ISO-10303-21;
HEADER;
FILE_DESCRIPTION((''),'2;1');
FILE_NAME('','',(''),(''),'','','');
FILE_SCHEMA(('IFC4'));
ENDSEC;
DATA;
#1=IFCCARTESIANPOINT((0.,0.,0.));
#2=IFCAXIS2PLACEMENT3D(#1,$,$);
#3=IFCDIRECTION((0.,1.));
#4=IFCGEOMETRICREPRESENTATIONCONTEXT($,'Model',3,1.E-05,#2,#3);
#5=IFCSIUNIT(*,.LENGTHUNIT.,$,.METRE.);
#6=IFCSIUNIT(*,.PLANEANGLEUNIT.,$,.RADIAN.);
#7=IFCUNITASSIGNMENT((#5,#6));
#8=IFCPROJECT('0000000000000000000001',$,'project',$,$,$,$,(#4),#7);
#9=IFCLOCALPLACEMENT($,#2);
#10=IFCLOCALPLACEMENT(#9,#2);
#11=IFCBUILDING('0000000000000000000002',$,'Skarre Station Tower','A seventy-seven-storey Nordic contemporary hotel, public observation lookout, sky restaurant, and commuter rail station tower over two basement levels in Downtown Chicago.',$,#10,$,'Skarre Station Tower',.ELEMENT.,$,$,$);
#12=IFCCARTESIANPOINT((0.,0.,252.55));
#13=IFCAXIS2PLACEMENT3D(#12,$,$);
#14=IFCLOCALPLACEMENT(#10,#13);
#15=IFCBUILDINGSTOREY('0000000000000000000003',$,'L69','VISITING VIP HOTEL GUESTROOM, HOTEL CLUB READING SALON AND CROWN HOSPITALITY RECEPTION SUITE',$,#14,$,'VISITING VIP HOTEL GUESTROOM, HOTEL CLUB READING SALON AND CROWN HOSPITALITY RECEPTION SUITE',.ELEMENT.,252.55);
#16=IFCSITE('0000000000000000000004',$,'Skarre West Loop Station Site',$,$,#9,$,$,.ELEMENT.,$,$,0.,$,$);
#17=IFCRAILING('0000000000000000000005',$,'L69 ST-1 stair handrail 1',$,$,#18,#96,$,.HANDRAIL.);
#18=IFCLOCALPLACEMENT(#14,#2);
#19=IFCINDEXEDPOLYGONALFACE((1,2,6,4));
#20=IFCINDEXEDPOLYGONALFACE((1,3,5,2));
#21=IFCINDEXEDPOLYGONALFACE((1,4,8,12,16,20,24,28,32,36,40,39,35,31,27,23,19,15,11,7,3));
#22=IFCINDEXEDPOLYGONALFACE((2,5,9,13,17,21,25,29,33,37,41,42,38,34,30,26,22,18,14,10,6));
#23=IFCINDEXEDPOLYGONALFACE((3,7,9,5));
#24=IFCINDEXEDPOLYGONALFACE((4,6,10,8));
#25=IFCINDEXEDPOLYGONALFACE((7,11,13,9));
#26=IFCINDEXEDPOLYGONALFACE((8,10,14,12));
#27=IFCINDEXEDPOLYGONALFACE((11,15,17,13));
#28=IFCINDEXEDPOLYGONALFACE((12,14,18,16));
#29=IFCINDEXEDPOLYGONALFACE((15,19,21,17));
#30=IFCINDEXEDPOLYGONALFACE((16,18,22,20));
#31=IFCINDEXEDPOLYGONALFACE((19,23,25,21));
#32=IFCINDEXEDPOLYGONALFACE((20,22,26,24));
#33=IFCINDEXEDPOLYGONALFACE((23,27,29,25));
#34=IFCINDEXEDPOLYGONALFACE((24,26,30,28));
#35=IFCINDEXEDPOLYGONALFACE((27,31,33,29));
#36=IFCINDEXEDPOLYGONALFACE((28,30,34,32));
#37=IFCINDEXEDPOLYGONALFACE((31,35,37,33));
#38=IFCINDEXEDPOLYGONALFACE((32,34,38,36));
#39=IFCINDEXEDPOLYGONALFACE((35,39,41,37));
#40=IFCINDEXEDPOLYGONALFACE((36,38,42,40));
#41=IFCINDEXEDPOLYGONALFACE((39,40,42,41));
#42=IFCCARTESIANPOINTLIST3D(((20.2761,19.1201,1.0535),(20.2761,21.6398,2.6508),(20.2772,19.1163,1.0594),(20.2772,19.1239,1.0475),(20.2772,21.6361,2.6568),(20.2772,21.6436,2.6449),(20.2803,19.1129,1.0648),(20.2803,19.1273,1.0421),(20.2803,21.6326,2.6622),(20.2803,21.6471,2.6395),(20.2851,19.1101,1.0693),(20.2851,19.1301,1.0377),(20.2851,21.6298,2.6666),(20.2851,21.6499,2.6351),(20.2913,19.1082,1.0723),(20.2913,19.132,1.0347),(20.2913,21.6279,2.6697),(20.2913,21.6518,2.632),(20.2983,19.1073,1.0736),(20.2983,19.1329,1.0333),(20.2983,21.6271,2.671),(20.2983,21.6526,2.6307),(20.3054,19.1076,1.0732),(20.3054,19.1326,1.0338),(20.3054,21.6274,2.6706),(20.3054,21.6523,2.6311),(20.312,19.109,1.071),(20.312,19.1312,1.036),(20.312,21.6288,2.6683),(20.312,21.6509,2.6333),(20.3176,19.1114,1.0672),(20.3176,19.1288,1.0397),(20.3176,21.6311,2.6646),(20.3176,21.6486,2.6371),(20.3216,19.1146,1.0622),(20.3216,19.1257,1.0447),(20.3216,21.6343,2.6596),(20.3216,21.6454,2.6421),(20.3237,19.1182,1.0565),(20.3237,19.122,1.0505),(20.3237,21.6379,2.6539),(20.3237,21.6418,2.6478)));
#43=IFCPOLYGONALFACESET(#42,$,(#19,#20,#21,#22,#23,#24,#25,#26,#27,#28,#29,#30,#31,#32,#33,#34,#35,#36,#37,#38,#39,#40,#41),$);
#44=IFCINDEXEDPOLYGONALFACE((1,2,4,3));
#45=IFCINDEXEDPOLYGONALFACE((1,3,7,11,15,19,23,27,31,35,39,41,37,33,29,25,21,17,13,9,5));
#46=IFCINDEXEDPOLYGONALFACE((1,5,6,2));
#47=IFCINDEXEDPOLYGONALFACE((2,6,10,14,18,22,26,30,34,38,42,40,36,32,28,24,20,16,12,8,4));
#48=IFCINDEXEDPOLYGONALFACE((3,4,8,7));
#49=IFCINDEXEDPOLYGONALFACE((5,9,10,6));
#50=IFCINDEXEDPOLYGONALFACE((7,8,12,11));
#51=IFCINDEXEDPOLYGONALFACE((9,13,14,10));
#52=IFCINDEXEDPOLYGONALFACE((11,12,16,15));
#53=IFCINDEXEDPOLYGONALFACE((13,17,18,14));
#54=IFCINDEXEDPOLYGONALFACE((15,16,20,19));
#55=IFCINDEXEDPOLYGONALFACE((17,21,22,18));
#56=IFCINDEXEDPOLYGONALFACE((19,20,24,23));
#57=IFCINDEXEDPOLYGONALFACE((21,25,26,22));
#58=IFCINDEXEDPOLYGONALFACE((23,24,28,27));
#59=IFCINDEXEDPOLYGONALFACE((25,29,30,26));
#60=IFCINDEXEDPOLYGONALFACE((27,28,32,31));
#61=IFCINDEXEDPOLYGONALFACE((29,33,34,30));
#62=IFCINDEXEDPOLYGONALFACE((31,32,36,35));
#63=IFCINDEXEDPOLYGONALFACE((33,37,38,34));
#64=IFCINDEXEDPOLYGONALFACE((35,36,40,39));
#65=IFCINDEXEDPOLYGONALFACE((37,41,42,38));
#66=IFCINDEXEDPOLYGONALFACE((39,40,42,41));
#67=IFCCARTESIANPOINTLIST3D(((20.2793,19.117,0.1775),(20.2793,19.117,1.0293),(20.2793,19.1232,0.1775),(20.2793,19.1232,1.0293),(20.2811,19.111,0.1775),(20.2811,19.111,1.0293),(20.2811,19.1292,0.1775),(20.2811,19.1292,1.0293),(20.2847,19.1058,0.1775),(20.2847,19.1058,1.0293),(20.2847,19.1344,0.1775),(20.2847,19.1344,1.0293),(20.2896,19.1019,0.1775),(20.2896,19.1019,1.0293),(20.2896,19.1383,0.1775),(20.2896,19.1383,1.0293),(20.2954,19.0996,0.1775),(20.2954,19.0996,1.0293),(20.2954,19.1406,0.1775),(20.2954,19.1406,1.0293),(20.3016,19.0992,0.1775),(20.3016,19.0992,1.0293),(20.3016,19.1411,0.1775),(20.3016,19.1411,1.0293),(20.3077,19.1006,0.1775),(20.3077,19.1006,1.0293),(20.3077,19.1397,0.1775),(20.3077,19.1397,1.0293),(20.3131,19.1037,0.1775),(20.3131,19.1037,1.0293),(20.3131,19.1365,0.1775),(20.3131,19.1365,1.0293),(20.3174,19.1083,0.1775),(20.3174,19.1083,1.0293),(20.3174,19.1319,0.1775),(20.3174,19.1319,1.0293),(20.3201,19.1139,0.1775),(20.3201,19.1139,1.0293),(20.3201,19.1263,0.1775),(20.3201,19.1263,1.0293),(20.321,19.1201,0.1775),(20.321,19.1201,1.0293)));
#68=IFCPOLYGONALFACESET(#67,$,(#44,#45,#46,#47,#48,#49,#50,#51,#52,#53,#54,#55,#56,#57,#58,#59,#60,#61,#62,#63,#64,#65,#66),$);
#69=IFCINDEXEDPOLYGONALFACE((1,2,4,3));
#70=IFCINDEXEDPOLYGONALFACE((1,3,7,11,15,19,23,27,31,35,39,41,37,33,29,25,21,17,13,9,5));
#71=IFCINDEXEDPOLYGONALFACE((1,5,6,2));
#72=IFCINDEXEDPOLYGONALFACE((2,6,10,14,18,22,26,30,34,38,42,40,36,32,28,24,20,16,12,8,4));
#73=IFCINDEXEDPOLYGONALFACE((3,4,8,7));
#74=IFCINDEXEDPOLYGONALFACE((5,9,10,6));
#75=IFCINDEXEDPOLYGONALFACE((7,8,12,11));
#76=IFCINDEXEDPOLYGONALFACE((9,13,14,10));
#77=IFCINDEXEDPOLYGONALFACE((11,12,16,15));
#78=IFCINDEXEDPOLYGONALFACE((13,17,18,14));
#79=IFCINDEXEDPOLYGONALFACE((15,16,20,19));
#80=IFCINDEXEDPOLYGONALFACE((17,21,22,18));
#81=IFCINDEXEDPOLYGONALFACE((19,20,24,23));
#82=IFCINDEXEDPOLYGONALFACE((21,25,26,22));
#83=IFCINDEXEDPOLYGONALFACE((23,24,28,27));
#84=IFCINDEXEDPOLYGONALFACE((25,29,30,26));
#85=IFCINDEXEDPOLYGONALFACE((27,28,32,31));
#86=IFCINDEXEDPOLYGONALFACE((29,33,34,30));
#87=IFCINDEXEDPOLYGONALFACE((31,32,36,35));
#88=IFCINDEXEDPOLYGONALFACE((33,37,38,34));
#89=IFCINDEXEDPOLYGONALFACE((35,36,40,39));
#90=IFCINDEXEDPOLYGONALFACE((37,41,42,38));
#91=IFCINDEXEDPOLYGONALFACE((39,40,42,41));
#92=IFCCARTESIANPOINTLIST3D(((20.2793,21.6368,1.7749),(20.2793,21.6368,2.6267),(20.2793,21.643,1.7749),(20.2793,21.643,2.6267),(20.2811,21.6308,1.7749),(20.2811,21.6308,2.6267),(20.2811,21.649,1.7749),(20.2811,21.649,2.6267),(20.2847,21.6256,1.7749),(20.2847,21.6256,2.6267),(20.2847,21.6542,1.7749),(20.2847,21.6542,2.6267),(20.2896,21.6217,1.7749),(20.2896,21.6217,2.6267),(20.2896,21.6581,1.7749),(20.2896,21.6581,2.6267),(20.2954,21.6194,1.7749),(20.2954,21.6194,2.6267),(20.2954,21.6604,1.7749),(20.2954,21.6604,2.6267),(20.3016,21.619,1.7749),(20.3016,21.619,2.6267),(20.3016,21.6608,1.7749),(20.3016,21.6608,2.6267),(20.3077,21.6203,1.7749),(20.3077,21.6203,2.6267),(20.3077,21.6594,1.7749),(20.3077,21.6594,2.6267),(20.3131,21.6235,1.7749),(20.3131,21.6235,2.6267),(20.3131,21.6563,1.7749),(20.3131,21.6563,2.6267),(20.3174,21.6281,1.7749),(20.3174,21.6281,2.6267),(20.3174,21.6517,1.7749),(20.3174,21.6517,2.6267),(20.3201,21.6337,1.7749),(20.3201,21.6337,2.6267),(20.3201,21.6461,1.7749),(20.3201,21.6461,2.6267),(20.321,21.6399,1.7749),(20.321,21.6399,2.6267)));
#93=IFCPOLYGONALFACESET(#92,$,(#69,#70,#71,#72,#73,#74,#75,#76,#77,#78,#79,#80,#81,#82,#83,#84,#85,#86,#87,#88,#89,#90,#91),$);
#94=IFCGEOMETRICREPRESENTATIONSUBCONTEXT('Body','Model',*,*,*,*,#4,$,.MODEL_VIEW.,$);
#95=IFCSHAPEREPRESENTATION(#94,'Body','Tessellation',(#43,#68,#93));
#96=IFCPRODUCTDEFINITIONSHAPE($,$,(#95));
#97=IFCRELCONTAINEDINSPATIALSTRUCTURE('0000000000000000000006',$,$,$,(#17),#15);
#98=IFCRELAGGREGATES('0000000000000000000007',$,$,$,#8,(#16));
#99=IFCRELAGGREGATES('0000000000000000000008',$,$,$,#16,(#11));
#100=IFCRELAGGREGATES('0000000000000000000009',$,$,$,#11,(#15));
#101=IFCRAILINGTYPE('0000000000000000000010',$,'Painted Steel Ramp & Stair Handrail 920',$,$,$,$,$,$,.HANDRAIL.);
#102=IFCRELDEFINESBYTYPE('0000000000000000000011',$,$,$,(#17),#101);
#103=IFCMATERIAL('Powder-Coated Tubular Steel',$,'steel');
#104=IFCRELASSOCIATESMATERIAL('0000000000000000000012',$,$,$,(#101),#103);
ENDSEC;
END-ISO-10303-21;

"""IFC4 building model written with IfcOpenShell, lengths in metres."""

from ifc_helpers import new_model, si_unit, direction, frame, origin, origin_2d, place, context, subcontext, project, spatial, circle, extrude, material, type_object, element, save


model = new_model("IFC4")

# Units and contexts
model_context = context("Model", 3, precision=1e-05, world=origin(), true_north=direction((0.0, 1.0)))
body_context = subcontext(model_context, "Body", "Model", "MODEL_VIEW")
ifc_project = project(units=[si_unit("LENGTHUNIT", "METRE"), si_unit("PLANEANGLEUNIT", "RADIAN")], contexts=[model_context])

# Site, building, storey
site_placement = place(None, origin())
site = spatial("IfcSite", under=ifc_project, at=site_placement, Name="Skarre West Loop Station Site", CompositionType="ELEMENT", RefElevation=0.0)
building_placement = place(site_placement, origin())
building = spatial("IfcBuilding", under=site, at=building_placement, Name="Skarre Station Tower", Description="A seventy-seven-storey Nordic contemporary hotel, public observation lookout, sky restaurant, and commuter rail station tower over two basement levels in Downtown Chicago.", LongName="Skarre Station Tower", CompositionType="ELEMENT")
storey_placement = place(building_placement, frame((0.0, 0.0, 252.55)))
storey = spatial("IfcBuildingStorey", under=building, at=storey_placement, Name="L69", Description="VISITING VIP HOTEL GUESTROOM, HOTEL CLUB READING SALON AND CROWN HOSPITALITY RECEPTION SUITE", LongName="VISITING VIP HOTEL GUESTROOM, HOTEL CLUB READING SALON AND CROWN HOSPITALITY RECEPTION SUITE", CompositionType="ELEMENT", Elevation=252.55)

# Railing
ifc_material_1 = material(Name="Powder-Coated Tubular Steel", Category="steel")
railing_type_1 = type_object("IfcRailingType", Name="Painted Steel Ramp & Stair Handrail 920", PredefinedType="HANDRAIL", material=ifc_material_1)
railing_1_placement = place(storey_placement, frame((20.3, 19.1201, 0.1775)))
element("IfcRailing", 1, at=railing_1_placement, inside=storey, type_object=railing_type_1, Name="L69 ST-1 stair handrail 1", PredefinedType="HANDRAIL", context=body_context, shape_type="SweptSolid", body=[
    extrude(circle(Radius=0.0239, at=origin_2d()), frame((0.0, 0.0, 0.876), z_axis=(0.0, 0.844583, 0.535424), x_axis=(-1.0, 0.0, 0.0)), (0.0, 0.0, 1.0), 2.9834),
    extrude(circle(Radius=0.021, at=origin_2d()), origin(), (0.0, 0.0, 1.0), 0.8518),
    extrude(circle(Radius=0.021, at=origin_2d()), frame((0.0, 2.5198, 1.5974)), (0.0, 0.0, 1.0), 0.8518),
])

save(model, "model.ifc")
